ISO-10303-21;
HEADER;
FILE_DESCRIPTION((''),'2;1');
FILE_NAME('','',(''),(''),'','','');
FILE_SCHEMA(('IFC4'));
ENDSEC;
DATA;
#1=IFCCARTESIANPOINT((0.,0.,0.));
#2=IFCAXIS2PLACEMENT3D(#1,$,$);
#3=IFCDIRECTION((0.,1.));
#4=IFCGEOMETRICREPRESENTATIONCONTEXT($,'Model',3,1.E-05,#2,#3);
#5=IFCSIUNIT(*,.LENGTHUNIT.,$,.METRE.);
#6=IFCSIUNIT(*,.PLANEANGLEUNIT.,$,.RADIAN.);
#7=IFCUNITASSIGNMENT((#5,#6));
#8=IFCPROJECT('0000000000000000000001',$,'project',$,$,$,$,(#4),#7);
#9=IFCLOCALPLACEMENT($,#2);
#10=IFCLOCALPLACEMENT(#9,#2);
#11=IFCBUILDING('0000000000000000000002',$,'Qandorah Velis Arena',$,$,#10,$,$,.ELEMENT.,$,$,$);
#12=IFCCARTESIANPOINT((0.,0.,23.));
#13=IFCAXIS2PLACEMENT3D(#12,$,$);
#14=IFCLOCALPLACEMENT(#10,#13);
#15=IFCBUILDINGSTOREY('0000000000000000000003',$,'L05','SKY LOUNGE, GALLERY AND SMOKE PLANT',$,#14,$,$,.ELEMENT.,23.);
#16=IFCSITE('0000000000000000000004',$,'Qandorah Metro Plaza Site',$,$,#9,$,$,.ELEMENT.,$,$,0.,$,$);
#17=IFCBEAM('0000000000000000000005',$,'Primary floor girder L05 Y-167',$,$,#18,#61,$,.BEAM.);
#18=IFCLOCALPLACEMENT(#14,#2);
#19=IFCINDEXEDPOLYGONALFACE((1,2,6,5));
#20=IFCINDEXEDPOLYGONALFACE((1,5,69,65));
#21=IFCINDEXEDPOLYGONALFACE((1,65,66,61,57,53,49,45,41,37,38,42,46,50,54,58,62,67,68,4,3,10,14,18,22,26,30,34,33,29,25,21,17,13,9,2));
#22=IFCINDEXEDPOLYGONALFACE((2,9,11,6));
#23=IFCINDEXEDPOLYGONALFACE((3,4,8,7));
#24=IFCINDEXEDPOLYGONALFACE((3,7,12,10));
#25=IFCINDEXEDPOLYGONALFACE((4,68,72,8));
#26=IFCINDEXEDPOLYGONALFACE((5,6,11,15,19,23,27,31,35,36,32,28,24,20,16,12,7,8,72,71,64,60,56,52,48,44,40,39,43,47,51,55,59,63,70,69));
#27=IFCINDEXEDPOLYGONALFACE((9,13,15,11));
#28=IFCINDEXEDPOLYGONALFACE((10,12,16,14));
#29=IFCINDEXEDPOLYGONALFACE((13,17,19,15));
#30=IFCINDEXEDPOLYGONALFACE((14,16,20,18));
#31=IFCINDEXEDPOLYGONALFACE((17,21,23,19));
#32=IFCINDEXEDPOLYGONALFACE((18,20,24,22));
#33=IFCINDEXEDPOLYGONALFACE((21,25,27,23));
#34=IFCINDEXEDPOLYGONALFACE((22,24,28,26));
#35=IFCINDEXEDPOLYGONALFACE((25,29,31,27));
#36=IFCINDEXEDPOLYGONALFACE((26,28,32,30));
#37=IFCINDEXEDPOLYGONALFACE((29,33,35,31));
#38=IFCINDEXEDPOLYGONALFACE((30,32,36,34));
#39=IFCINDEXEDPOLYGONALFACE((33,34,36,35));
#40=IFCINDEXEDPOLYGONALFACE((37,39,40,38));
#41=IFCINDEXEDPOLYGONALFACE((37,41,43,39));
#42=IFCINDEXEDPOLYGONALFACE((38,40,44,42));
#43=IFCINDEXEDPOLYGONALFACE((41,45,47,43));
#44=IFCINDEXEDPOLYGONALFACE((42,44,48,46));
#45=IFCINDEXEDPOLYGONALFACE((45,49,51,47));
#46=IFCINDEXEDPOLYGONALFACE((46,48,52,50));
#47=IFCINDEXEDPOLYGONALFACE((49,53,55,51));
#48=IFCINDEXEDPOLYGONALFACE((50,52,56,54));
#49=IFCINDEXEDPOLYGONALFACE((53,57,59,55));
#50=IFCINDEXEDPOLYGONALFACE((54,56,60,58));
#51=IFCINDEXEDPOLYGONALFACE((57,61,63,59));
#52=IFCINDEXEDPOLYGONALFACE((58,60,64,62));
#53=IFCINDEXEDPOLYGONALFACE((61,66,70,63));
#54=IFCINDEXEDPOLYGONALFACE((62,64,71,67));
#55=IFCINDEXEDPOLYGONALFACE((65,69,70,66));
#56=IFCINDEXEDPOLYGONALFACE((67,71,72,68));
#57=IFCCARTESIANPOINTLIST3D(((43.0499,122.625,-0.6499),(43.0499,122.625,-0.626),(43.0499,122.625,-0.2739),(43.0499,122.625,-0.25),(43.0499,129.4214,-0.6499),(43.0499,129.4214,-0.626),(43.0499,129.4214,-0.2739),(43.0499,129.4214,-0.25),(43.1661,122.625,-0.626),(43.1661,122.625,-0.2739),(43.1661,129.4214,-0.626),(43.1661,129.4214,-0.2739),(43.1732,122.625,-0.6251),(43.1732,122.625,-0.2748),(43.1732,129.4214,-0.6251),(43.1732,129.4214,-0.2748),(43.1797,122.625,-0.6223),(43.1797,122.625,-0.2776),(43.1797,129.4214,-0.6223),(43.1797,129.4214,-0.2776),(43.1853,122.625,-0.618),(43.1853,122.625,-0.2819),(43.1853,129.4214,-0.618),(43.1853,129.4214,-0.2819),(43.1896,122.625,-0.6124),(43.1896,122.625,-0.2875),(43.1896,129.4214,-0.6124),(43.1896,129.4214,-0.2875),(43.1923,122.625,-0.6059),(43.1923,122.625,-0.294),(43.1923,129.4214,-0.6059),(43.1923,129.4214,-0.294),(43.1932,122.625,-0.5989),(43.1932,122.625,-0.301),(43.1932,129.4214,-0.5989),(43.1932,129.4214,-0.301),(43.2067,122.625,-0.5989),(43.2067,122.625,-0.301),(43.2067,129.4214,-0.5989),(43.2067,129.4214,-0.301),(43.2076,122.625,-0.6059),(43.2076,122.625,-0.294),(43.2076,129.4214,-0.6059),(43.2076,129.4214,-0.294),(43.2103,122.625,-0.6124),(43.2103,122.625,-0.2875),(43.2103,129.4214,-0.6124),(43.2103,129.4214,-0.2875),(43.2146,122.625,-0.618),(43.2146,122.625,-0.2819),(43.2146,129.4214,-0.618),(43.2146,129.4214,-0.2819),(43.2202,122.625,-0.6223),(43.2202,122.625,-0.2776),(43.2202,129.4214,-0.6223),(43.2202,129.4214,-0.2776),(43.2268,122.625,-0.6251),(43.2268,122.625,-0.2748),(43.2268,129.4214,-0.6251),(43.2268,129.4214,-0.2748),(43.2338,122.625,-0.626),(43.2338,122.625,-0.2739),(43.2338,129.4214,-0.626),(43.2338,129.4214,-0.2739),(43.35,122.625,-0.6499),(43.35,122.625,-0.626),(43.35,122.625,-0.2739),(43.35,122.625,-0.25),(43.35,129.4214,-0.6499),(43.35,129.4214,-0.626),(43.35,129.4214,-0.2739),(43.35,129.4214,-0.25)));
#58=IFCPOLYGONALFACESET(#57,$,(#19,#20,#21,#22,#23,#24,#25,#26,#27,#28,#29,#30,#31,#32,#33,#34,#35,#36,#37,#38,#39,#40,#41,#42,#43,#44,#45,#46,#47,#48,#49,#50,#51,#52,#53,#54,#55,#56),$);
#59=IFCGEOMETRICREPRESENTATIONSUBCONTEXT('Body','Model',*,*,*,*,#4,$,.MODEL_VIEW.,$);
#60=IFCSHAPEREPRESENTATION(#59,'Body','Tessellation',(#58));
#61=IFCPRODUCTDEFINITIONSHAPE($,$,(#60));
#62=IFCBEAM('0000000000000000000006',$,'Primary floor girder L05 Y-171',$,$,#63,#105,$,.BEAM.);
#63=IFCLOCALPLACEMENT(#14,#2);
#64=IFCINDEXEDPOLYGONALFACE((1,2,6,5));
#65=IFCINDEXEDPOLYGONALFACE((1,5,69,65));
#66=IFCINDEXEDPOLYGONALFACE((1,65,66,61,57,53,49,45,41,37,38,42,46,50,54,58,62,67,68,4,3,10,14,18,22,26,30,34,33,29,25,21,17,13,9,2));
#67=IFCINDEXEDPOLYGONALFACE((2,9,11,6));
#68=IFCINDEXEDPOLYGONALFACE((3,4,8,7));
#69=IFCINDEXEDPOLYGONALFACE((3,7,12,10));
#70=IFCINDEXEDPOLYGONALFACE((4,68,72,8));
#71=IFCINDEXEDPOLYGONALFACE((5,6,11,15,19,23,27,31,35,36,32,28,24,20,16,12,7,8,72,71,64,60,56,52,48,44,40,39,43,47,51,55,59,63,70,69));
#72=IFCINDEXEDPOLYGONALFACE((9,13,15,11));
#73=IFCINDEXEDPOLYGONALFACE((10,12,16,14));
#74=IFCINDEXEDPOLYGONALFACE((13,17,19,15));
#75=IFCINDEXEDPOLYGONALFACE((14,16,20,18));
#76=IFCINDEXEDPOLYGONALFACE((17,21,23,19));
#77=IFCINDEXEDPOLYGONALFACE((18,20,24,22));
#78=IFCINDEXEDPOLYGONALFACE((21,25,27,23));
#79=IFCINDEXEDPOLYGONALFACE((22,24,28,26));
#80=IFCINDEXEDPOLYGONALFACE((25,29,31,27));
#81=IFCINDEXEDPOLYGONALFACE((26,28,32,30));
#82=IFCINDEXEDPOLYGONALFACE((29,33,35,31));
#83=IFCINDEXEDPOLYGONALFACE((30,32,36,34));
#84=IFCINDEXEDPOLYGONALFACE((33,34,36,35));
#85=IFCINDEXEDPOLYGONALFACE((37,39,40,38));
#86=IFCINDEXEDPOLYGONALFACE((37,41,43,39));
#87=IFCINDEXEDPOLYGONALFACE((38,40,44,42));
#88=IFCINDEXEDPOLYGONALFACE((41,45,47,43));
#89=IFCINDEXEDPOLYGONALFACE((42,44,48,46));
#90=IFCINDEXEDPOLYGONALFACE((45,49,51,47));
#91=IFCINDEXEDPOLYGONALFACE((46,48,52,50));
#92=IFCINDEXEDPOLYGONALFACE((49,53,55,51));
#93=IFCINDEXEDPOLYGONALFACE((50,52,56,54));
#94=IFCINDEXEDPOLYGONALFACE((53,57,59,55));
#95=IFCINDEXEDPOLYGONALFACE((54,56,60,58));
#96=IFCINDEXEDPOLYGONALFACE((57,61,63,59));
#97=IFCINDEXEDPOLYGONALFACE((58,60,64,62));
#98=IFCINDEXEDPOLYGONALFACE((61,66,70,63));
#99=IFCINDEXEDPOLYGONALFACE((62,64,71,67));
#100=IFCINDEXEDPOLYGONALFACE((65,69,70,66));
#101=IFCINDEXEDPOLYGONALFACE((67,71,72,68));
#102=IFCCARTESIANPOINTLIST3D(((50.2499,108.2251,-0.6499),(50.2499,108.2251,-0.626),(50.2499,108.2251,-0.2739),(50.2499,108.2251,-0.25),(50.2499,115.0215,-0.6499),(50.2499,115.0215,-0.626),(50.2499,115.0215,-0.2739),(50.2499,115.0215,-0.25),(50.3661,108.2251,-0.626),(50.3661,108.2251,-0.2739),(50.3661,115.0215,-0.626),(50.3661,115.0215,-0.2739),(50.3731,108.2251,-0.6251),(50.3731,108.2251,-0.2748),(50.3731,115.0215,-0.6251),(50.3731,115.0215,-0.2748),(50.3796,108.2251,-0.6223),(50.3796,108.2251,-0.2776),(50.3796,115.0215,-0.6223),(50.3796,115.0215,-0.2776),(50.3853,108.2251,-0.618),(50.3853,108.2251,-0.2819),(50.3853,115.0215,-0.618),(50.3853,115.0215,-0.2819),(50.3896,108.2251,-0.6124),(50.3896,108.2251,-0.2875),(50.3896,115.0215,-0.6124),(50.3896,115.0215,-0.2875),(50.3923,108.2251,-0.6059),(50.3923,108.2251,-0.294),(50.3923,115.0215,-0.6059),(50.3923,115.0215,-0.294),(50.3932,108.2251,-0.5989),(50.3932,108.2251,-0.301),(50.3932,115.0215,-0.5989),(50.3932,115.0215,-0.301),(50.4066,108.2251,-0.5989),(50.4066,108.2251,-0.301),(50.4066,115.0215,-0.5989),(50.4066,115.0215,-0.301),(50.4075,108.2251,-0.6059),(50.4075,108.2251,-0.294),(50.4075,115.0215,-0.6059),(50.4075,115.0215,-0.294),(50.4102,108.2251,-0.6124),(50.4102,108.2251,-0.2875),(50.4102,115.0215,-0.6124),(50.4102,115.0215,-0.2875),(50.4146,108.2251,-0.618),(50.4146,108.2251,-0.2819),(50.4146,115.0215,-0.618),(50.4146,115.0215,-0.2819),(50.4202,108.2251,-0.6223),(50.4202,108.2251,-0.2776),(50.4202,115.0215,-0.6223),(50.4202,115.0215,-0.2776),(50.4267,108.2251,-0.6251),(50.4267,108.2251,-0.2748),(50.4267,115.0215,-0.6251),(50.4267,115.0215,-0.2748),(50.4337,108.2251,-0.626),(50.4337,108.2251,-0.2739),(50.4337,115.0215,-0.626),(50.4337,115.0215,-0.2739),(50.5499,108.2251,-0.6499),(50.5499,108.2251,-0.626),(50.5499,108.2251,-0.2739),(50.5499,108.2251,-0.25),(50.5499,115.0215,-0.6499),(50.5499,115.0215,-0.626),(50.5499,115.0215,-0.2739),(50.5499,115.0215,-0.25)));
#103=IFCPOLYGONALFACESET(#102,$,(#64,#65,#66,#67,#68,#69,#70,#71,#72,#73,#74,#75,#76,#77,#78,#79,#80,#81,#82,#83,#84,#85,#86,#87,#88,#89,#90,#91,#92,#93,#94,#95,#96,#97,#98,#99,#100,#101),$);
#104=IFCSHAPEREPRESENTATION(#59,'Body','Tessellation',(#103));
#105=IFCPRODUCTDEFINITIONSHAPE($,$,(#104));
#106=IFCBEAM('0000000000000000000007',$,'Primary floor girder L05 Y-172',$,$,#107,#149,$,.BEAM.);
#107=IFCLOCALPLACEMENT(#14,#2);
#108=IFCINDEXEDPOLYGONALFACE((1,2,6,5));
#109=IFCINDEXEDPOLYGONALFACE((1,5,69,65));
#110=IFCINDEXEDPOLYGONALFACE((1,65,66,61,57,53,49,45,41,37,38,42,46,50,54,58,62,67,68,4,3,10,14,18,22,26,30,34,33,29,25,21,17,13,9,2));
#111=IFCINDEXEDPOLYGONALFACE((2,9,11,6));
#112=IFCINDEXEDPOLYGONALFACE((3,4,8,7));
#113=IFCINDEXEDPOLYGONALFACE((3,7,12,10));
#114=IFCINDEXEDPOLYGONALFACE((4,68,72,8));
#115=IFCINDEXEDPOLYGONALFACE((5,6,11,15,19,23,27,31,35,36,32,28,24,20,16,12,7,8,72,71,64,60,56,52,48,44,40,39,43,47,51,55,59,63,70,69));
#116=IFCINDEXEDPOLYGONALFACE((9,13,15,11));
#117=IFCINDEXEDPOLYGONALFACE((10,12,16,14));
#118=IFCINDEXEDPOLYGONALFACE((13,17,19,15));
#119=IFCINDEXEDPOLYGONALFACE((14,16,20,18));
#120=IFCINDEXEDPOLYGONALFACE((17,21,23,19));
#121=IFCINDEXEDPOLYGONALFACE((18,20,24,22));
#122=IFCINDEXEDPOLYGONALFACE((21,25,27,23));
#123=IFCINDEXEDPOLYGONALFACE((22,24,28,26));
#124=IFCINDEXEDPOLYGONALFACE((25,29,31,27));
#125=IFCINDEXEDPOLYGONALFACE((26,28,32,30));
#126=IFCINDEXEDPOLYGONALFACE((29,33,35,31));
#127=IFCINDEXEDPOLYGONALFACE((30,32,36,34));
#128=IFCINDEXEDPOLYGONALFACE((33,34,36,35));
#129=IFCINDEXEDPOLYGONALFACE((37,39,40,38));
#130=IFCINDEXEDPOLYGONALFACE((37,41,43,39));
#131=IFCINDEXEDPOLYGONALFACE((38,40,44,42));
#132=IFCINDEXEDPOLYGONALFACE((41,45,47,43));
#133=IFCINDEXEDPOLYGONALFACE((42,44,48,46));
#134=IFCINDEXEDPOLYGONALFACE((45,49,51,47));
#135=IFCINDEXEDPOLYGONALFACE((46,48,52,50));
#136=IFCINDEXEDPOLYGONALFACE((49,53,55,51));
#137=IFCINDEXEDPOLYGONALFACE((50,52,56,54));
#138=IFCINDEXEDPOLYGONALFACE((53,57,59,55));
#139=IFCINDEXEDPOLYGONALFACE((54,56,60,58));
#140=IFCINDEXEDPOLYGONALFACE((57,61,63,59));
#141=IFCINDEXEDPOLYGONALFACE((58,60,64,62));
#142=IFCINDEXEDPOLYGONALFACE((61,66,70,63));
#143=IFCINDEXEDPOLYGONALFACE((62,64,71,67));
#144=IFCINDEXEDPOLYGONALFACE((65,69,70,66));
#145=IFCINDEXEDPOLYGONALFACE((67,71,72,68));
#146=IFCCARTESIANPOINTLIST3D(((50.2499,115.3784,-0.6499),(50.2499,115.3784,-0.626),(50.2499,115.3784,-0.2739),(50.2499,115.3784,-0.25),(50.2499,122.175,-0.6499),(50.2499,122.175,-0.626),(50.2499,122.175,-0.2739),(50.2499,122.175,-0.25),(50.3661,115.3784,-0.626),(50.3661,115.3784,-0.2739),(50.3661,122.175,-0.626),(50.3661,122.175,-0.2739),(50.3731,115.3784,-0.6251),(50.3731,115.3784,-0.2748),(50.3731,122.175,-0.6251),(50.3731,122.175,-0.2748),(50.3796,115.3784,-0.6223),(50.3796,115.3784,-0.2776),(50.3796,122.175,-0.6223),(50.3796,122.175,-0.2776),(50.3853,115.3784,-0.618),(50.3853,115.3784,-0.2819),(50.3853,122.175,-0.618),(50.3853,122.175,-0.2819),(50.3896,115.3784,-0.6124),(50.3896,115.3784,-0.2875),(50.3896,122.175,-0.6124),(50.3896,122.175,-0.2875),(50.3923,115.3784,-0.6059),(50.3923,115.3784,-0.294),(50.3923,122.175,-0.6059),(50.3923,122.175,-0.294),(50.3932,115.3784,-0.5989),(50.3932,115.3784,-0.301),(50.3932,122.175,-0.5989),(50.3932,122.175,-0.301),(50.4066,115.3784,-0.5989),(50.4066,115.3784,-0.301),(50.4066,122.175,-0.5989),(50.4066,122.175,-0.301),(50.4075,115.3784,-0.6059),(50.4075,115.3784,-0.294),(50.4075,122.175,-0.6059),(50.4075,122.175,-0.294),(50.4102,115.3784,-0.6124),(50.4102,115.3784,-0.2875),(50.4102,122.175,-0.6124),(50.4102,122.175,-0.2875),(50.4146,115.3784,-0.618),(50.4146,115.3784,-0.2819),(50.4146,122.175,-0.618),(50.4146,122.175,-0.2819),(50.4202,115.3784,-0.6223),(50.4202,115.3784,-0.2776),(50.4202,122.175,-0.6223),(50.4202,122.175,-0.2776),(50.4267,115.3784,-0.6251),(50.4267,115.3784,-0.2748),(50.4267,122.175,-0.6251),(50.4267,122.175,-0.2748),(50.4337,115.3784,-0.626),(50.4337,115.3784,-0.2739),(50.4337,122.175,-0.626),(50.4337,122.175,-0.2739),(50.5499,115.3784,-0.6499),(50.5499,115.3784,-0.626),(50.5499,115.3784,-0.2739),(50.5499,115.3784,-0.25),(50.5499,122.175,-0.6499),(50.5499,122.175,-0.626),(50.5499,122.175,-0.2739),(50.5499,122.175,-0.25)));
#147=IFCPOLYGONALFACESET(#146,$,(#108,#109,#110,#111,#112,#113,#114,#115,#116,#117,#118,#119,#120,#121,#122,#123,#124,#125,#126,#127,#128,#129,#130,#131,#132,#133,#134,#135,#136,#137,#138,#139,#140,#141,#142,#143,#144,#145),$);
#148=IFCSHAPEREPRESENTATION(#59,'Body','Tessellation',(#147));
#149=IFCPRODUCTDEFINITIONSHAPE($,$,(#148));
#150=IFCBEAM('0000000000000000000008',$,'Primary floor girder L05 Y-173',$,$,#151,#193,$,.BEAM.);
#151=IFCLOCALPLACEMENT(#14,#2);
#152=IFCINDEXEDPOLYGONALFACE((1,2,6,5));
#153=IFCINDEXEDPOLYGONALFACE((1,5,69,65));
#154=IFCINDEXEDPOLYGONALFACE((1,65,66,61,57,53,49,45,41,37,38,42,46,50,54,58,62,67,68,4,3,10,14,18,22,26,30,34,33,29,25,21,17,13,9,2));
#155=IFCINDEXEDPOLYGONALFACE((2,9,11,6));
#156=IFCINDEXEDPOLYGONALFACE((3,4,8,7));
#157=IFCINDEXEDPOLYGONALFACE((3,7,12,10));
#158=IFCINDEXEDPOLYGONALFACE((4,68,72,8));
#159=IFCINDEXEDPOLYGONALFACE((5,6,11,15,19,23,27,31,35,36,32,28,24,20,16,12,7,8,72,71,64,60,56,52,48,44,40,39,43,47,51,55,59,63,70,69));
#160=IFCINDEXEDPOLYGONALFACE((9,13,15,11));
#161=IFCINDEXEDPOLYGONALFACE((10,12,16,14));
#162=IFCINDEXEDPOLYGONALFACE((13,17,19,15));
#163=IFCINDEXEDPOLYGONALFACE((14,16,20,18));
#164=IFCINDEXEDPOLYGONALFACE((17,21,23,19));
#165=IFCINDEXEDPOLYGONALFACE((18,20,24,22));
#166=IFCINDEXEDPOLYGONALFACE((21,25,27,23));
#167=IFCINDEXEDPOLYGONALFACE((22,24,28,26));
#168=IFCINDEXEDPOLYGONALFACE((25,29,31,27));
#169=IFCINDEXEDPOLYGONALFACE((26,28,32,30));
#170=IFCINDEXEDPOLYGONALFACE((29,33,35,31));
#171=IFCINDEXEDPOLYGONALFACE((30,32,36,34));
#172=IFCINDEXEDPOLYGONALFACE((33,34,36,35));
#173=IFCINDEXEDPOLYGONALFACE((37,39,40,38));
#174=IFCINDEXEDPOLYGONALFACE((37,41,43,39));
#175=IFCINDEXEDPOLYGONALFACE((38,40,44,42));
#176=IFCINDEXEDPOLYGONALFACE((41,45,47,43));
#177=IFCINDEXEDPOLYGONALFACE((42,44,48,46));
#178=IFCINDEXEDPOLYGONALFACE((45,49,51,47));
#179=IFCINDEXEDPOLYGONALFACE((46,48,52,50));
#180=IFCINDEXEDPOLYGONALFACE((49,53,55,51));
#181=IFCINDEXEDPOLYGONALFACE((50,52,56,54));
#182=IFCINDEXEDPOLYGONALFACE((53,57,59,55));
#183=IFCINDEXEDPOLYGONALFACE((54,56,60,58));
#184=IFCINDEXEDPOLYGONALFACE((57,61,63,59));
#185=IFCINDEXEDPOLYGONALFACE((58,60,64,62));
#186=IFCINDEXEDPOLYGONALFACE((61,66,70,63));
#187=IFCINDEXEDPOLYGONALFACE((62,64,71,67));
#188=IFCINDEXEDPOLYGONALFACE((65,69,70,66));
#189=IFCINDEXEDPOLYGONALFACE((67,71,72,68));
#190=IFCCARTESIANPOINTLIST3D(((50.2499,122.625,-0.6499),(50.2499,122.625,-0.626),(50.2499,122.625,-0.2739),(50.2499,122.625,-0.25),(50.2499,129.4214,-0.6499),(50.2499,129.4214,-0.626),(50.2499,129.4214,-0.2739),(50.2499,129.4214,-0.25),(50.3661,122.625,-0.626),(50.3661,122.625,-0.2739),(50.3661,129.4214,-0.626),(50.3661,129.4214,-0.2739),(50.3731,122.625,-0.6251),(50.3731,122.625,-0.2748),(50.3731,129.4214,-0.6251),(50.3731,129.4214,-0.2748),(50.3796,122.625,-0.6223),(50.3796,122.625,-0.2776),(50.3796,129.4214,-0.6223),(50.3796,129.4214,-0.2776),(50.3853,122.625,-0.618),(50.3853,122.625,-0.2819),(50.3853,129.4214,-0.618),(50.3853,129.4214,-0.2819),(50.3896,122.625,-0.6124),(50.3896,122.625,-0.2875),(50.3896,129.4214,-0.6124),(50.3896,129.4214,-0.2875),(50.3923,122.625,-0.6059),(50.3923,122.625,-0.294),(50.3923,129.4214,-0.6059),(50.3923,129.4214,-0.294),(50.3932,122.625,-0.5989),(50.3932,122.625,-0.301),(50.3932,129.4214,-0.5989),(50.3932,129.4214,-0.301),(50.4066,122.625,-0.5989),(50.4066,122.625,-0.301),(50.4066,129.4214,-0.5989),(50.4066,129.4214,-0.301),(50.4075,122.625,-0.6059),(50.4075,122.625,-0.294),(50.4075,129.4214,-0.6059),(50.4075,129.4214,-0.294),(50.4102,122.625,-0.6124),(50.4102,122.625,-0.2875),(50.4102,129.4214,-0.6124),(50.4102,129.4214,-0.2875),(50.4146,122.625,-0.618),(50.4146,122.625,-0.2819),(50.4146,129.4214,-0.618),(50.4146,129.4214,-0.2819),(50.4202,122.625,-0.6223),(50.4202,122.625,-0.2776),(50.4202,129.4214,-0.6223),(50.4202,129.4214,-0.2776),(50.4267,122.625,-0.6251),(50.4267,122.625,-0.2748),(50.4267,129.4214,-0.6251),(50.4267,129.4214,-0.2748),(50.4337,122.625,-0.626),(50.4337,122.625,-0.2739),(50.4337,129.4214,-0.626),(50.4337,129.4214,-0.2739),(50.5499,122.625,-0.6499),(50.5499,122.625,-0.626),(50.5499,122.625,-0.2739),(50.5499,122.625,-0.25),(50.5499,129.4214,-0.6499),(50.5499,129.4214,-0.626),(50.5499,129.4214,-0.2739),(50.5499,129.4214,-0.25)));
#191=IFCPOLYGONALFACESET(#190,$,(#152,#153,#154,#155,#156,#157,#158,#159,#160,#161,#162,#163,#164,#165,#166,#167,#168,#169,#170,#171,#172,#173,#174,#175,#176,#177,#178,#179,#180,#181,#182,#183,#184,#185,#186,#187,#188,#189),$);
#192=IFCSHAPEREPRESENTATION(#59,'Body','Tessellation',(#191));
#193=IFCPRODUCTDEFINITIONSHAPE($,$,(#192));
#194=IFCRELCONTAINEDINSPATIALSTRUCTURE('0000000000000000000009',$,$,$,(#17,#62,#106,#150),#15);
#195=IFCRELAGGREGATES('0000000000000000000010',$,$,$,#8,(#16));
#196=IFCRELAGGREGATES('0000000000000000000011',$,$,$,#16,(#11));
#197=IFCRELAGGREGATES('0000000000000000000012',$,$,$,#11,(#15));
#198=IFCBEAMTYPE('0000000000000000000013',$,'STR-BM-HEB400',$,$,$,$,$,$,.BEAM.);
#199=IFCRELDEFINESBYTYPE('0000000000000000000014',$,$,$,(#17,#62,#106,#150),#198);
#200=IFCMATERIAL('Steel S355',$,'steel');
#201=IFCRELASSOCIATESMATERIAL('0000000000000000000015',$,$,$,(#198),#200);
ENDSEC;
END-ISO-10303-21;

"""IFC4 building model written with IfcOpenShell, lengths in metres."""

from ifc_helpers import new_model, si_unit, direction, frame, origin, origin_2d, place, context, subcontext, project, spatial, i_section, extrude, material, material_profile, profile_set, type_object, element, save


model = new_model("IFC4")

# Units and contexts
model_context = context("Model", 3, precision=1e-05, world=origin(), true_north=direction((0.0, 1.0)))
body_context = subcontext(model_context, "Body", "Model", "MODEL_VIEW")
ifc_project = project(units=[si_unit("LENGTHUNIT", "METRE"), si_unit("PLANEANGLEUNIT", "RADIAN")], contexts=[model_context])

# Site, building, storey
site_placement = place(None, origin())
site = spatial("IfcSite", under=ifc_project, at=site_placement, Name="Qandorah Metro Plaza Site", CompositionType="ELEMENT", RefElevation=0.0)
building_placement = place(site_placement, origin())
building = spatial("IfcBuilding", under=site, at=building_placement, Name="Qandorah Velis Arena", CompositionType="ELEMENT")
storey_placement = place(building_placement, frame((0.0, 0.0, 23.0)))
storey = spatial("IfcBuildingStorey", under=building, at=storey_placement, Name="L05", Description="SKY LOUNGE, GALLERY AND SMOKE PLANT", CompositionType="ELEMENT", Elevation=23.0)

# Beams
ifc_material_1 = material(Name="Steel S355", Category="steel")
ifc_material_profile_1 = material_profile(ifc_material_1, i_section(OverallWidth=0.3, OverallDepth=0.3999, WebThickness=0.0134, FlangeThickness=0.0239, FilletRadius=0.0271, at=origin_2d()), Name="HEB 400")
ifc_profile_set_1 = profile_set([ifc_material_profile_1], Name="Steel S355")
beam_type_1 = type_object("IfcBeamType", Name="STR-BM-HEB400", PredefinedType="BEAM", material=ifc_profile_set_1)
for number, where, z_axis, x_axis, name in (
    (1, (43.2, 122.625, -0.45), (0.0, 1.0, 0.0), (-1.0, 0.0, 0.0), "Primary floor girder L05 Y-167"),
    (2, (50.3999, 108.2251, -0.45), (0.0, 1.0, 0.0), (-1.0, 0.0, 0.0), "Primary floor girder L05 Y-171"),
):
    element("IfcBeam", number, at=place(storey_placement, frame(where, z_axis=z_axis, x_axis=x_axis)), inside=storey, type_object=beam_type_1, Name=name, PredefinedType="BEAM", context=body_context, shape_type="SweptSolid", body=[
        extrude(i_section(OverallWidth=0.3, OverallDepth=0.3999, WebThickness=0.0134, FlangeThickness=0.0239, FilletRadius=0.0271, at=origin_2d()), origin(), (0.0, 0.0, 1.0), 6.7964),
    ])
beam_1_placement = place(storey_placement, frame((50.3999, 115.3784, -0.45), z_axis=(0.0, 1.0, 0.0), x_axis=(-1.0, 0.0, 0.0)))
element("IfcBeam", 3, at=beam_1_placement, inside=storey, type_object=beam_type_1, Name="Primary floor girder L05 Y-172", PredefinedType="BEAM", context=body_context, shape_type="SweptSolid", body=[
    extrude(i_section(OverallWidth=0.3, OverallDepth=0.3999, WebThickness=0.0134, FlangeThickness=0.0239, FilletRadius=0.0271, at=origin_2d()), origin(), (0.0, 0.0, 1.0), 6.7966),
])
beam_2_placement = place(storey_placement, frame((50.3999, 122.625, -0.45), z_axis=(0.0, 1.0, 0.0), x_axis=(-1.0, 0.0, 0.0)))
element("IfcBeam", 4, at=beam_2_placement, inside=storey, type_object=beam_type_1, Name="Primary floor girder L05 Y-173", PredefinedType="BEAM", context=body_context, shape_type="SweptSolid", body=[
    extrude(i_section(OverallWidth=0.3, OverallDepth=0.3999, WebThickness=0.0134, FlangeThickness=0.0239, FilletRadius=0.0271, at=origin_2d()), origin(), (0.0, 0.0, 1.0), 6.7964),
])

save(model, "model.ifc")
